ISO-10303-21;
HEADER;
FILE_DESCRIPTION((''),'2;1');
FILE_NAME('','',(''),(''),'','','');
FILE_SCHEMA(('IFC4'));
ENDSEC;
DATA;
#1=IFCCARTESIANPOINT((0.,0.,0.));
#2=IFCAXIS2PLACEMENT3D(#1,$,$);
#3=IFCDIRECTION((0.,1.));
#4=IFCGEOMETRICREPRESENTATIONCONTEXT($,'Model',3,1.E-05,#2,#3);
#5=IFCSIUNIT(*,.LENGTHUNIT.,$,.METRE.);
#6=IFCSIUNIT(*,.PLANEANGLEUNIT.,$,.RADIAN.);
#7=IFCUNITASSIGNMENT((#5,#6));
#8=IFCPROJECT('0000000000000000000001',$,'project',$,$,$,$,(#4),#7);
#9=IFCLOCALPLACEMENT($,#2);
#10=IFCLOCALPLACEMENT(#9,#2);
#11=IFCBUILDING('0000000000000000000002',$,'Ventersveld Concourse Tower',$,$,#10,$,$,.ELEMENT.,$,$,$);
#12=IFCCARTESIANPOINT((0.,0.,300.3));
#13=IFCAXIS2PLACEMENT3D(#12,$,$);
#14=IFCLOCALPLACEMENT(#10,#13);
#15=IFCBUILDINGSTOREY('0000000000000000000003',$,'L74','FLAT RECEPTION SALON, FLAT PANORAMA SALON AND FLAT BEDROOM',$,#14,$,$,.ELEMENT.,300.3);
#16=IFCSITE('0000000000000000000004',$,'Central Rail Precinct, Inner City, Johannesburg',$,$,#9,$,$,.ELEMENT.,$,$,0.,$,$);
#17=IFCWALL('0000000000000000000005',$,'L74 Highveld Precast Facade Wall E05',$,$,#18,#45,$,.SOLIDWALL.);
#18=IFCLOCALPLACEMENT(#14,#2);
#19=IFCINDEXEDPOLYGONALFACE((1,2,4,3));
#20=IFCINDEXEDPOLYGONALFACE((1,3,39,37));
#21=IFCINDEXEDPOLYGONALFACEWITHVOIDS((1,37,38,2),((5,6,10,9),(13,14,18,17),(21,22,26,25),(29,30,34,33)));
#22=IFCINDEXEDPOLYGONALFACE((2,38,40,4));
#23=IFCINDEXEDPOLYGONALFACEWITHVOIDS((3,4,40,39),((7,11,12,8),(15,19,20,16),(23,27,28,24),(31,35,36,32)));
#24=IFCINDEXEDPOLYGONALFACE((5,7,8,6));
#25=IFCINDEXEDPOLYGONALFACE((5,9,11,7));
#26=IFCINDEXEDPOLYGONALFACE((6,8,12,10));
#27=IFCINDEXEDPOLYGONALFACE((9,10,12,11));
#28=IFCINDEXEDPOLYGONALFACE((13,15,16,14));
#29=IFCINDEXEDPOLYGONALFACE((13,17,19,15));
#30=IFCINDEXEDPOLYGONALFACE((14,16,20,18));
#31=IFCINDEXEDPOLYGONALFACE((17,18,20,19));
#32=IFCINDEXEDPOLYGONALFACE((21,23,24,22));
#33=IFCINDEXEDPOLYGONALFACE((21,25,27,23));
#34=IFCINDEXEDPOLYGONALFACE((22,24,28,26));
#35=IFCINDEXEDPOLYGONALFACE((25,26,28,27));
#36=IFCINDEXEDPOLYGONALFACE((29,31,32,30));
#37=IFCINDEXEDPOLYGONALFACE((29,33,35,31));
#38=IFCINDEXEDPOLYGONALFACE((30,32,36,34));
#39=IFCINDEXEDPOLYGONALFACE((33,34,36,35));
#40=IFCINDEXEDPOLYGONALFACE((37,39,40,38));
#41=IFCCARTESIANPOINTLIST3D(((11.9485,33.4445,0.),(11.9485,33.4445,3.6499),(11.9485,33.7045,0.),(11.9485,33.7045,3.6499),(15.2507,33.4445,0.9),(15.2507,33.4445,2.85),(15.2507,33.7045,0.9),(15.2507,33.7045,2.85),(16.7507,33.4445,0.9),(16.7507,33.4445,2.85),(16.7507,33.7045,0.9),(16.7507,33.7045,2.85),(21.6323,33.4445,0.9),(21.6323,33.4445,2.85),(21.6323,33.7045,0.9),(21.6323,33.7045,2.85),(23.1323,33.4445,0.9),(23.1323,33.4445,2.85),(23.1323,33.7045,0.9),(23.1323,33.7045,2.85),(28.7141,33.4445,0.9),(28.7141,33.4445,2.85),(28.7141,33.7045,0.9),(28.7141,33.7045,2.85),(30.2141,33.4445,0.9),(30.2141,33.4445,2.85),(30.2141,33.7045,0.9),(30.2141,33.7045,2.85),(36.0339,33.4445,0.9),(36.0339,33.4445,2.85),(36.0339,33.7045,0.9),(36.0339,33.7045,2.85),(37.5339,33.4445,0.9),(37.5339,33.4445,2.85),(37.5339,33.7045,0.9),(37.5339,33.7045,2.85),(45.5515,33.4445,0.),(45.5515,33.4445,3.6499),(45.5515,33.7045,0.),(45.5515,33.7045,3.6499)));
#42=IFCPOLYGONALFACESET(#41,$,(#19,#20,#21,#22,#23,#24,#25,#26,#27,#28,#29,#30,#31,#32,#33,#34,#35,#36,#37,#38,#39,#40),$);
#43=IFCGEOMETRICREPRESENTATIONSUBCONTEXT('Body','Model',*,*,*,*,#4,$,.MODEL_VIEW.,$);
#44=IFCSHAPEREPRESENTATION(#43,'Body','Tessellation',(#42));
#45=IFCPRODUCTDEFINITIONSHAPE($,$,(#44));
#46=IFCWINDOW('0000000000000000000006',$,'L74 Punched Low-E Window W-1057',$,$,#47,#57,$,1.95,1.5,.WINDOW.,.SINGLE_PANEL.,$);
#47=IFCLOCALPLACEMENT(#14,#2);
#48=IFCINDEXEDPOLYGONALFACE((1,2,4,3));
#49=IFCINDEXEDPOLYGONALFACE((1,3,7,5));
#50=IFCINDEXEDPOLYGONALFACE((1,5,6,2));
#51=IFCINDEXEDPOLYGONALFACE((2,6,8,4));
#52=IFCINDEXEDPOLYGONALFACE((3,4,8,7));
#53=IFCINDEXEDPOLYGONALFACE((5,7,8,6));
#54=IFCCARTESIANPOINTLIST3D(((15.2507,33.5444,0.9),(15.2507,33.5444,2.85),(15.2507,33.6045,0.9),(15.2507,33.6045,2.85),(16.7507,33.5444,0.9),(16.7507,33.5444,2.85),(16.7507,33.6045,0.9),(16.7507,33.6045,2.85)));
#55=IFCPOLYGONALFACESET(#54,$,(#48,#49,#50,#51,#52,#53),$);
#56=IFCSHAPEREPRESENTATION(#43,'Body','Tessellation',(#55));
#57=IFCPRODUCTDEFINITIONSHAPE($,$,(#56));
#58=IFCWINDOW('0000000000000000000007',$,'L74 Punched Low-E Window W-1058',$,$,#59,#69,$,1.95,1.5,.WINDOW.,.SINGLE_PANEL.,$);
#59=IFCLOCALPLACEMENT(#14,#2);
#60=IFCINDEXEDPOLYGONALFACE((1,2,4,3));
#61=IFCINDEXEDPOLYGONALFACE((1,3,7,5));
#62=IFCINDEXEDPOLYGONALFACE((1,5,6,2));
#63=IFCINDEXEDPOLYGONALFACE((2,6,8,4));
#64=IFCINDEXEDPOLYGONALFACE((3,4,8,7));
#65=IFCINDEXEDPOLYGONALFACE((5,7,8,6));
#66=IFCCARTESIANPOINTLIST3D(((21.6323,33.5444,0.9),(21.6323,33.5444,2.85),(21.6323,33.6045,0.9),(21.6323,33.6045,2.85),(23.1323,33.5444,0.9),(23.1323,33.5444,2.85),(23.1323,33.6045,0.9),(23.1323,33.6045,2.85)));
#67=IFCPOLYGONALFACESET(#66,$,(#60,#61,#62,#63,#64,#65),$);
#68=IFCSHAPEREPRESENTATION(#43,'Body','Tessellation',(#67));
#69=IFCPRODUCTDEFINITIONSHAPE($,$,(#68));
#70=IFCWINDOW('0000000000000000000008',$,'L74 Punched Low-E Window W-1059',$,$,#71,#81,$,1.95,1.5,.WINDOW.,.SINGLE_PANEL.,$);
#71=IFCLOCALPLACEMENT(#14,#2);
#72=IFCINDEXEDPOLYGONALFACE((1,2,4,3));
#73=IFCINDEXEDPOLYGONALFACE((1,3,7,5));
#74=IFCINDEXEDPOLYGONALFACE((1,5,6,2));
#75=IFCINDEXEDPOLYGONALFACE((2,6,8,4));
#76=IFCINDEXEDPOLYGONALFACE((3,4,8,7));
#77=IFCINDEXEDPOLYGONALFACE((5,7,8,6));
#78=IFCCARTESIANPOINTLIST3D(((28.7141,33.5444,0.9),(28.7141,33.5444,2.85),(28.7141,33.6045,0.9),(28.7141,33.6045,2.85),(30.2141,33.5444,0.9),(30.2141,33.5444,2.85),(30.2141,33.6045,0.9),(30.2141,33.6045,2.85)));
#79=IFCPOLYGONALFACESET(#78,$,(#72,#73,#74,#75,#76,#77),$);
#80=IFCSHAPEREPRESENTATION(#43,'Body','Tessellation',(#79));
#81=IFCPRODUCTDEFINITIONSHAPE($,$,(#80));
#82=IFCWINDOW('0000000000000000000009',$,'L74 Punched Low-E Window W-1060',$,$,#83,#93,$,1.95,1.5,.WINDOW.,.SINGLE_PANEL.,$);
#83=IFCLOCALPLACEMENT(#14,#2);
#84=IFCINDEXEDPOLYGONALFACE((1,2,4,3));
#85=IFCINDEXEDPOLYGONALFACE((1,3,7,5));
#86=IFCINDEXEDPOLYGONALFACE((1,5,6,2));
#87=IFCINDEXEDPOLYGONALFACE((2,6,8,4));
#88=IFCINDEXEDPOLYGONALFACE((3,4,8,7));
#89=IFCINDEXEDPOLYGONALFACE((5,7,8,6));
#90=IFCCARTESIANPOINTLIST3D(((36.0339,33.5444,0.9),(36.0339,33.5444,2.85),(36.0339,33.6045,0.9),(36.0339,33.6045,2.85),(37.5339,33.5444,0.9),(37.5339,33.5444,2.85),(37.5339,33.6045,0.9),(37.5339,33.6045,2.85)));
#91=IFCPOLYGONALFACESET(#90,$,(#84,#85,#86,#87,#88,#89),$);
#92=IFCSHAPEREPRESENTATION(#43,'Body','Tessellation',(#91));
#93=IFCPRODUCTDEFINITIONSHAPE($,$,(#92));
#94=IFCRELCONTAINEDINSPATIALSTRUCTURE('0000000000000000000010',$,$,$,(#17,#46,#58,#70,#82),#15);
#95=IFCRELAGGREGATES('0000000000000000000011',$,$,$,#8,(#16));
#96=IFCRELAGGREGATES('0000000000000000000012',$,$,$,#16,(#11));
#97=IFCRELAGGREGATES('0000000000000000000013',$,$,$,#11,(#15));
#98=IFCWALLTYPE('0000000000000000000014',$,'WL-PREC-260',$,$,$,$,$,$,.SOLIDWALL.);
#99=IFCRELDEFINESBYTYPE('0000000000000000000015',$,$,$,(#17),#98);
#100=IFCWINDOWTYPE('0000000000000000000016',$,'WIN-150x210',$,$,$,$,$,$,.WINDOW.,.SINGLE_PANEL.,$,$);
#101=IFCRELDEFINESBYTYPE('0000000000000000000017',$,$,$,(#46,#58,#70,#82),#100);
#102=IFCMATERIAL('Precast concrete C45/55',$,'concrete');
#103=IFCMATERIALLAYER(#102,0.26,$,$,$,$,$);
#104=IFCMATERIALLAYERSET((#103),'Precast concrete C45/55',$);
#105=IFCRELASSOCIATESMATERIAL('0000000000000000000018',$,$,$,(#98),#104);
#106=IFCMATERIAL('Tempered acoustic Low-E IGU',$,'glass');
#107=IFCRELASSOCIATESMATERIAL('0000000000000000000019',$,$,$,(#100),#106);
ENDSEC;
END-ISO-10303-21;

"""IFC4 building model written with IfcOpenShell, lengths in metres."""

from ifc_helpers import new_model, si_unit, direction, frame, frame_2d, origin, place, context, subcontext, project, spatial, rectangle, extrude, material, layer, layer_set, type_object, element, fill, save


model = new_model("IFC4")

# Units and contexts
model_context = context("Model", 3, precision=1e-05, world=origin(), true_north=direction((0.0, 1.0)))
body_context = subcontext(model_context, "Body", "Model", "MODEL_VIEW")
ifc_project = project(units=[si_unit("LENGTHUNIT", "METRE"), si_unit("PLANEANGLEUNIT", "RADIAN")], contexts=[model_context])

# Site, building, storey
site_placement = place(None, origin())
site = spatial("IfcSite", under=ifc_project, at=site_placement, Name="Central Rail Precinct, Inner City, Johannesburg", CompositionType="ELEMENT", RefElevation=0.0)
building_placement = place(site_placement, origin())
building = spatial("IfcBuilding", under=site, at=building_placement, Name="Ventersveld Concourse Tower", CompositionType="ELEMENT")
storey_placement = place(building_placement, frame((0.0, 0.0, 300.3)))
storey = spatial("IfcBuildingStorey", under=building, at=storey_placement, Name="L74", Description="FLAT RECEPTION SALON, FLAT PANORAMA SALON AND FLAT BEDROOM", CompositionType="ELEMENT", Elevation=300.3)

# Shared definitions
ifc_material_1 = material(Name="Precast concrete C45/55", Category="concrete")
ifc_layer_1 = layer(ifc_material_1, 0.26)
ifc_layer_set_1 = layer_set([ifc_layer_1], Name="Precast concrete C45/55")
wall_type_1 = type_object("IfcWallType", Name="WL-PREC-260", PredefinedType="SOLIDWALL", material=ifc_layer_set_1)

# Wall, openings, windows
wall_1_placement = place(storey_placement, frame((45.5515, 33.5745, 0.0), z_axis=(0.0, 0.0, 1.0), x_axis=(-1.0, 0.0, 0.0)))
wall_1 = element("IfcWall", 1, at=wall_1_placement, inside=storey, type_object=wall_type_1, Name="L74 Highveld Precast Facade Wall E05", PredefinedType="SOLIDWALL", context=body_context, shape_type="SweptSolid", body=[
    extrude(rectangle(XDim=33.603, YDim=0.26, at=frame_2d((16.8015, 0.0))), origin(), (0.0, 0.0, 1.0), 3.6499),
])
opening_1_placement = place(wall_1_placement, frame((28.8008, 0.0, 0.8999)))
opening_1 = element("IfcOpeningElement", 2, at=opening_1_placement, cuts=wall_1, PredefinedType="OPENING", context=body_context, shape_type="SweptSolid", body=[
    extrude(rectangle(XDim=1.5, YDim=1.95, at=frame_2d((0.75, 0.9751))), frame((0.0, 0.1401, 0.0), z_axis=(0.0, -1.0, 0.0), x_axis=(1.0, 0.0, 0.0)), (0.0, 0.0, 1.0), 0.28),
])
opening_2_placement = place(wall_1_placement, frame((22.4192, 0.0, 0.8999)))
opening_2 = element("IfcOpeningElement", 3, at=opening_2_placement, cuts=wall_1, PredefinedType="OPENING", context=body_context, shape_type="SweptSolid", body=[
    extrude(rectangle(XDim=1.5, YDim=1.95, at=frame_2d((0.75, 0.9751))), frame((0.0, 0.1401, 0.0), z_axis=(0.0, -1.0, 0.0), x_axis=(1.0, 0.0, 0.0)), (0.0, 0.0, 1.0), 0.28),
])
opening_3_placement = place(wall_1_placement, frame((15.3374, 0.0, 0.8999)))
opening_3 = element("IfcOpeningElement", 4, at=opening_3_placement, cuts=wall_1, PredefinedType="OPENING", context=body_context, shape_type="SweptSolid", body=[
    extrude(rectangle(XDim=1.5, YDim=1.95, at=frame_2d((0.75, 0.9751))), frame((0.0, 0.1401, 0.0), z_axis=(0.0, -1.0, 0.0), x_axis=(1.0, 0.0, 0.0)), (0.0, 0.0, 1.0), 0.28),
])
opening_4_placement = place(wall_1_placement, frame((8.0176, 0.0, 0.8999)))
opening_4 = element("IfcOpeningElement", 5, at=opening_4_placement, cuts=wall_1, PredefinedType="OPENING", context=body_context, shape_type="SweptSolid", body=[
    extrude(rectangle(XDim=1.5, YDim=1.95, at=frame_2d((0.75, 0.9751))), frame((0.0, 0.1401, 0.0), z_axis=(0.0, -1.0, 0.0), x_axis=(1.0, 0.0, 0.0)), (0.0, 0.0, 1.0), 0.28),
])
ifc_material_2 = material(Name="Tempered acoustic Low-E IGU", Category="glass")
window_type = type_object("IfcWindowType", Name="WIN-150x210", PartitioningType="SINGLE_PANEL", PredefinedType="WINDOW", material=ifc_material_2)
window_1_placement = place(opening_1_placement, origin())
window_1 = element("IfcWindow", 6, at=window_1_placement, inside=storey, type_object=window_type, Name="L74 Punched Low-E Window W-1057", OverallHeight=1.95, OverallWidth=1.5, PartitioningType="SINGLE_PANEL", PredefinedType="WINDOW", context=body_context, shape_type="SweptSolid", body=[
    extrude(rectangle(XDim=1.5, YDim=1.95, at=frame_2d((0.75, 0.9751))), frame((0.0, 0.03, 0.0), z_axis=(0.0, -1.0, 0.0), x_axis=(1.0, 0.0, 0.0)), (0.0, 0.0, 1.0), 0.0601),
])
fill(opening_1, window_1)
window_2_placement = place(opening_2_placement, origin())
window_2 = element("IfcWindow", 7, at=window_2_placement, inside=storey, type_object=window_type, Name="L74 Punched Low-E Window W-1058", OverallHeight=1.95, OverallWidth=1.5, PartitioningType="SINGLE_PANEL", PredefinedType="WINDOW", context=body_context, shape_type="SweptSolid", body=[
    extrude(rectangle(XDim=1.5, YDim=1.95, at=frame_2d((0.75, 0.9751))), frame((0.0, 0.03, 0.0), z_axis=(0.0, -1.0, 0.0), x_axis=(1.0, 0.0, 0.0)), (0.0, 0.0, 1.0), 0.0601),
])
fill(opening_2, window_2)
window_3_placement = place(opening_3_placement, origin())
window_3 = element("IfcWindow", 8, at=window_3_placement, inside=storey, type_object=window_type, Name="L74 Punched Low-E Window W-1059", OverallHeight=1.95, OverallWidth=1.5, PartitioningType="SINGLE_PANEL", PredefinedType="WINDOW", context=body_context, shape_type="SweptSolid", body=[
    extrude(rectangle(XDim=1.5, YDim=1.95, at=frame_2d((0.75, 0.9751))), frame((0.0, 0.03, 0.0), z_axis=(0.0, -1.0, 0.0), x_axis=(1.0, 0.0, 0.0)), (0.0, 0.0, 1.0), 0.0601),
])
fill(opening_3, window_3)
window_4_placement = place(opening_4_placement, origin())
window_4 = element("IfcWindow", 9, at=window_4_placement, inside=storey, type_object=window_type, Name="L74 Punched Low-E Window W-1060", OverallHeight=1.95, OverallWidth=1.5, PartitioningType="SINGLE_PANEL", PredefinedType="WINDOW", context=body_context, shape_type="SweptSolid", body=[
    extrude(rectangle(XDim=1.5, YDim=1.95, at=frame_2d((0.75, 0.9751))), frame((0.0, 0.03, 0.0), z_axis=(0.0, -1.0, 0.0), x_axis=(1.0, 0.0, 0.0)), (0.0, 0.0, 1.0), 0.0601),
])
fill(opening_4, window_4)

save(model, "model.ifc")
